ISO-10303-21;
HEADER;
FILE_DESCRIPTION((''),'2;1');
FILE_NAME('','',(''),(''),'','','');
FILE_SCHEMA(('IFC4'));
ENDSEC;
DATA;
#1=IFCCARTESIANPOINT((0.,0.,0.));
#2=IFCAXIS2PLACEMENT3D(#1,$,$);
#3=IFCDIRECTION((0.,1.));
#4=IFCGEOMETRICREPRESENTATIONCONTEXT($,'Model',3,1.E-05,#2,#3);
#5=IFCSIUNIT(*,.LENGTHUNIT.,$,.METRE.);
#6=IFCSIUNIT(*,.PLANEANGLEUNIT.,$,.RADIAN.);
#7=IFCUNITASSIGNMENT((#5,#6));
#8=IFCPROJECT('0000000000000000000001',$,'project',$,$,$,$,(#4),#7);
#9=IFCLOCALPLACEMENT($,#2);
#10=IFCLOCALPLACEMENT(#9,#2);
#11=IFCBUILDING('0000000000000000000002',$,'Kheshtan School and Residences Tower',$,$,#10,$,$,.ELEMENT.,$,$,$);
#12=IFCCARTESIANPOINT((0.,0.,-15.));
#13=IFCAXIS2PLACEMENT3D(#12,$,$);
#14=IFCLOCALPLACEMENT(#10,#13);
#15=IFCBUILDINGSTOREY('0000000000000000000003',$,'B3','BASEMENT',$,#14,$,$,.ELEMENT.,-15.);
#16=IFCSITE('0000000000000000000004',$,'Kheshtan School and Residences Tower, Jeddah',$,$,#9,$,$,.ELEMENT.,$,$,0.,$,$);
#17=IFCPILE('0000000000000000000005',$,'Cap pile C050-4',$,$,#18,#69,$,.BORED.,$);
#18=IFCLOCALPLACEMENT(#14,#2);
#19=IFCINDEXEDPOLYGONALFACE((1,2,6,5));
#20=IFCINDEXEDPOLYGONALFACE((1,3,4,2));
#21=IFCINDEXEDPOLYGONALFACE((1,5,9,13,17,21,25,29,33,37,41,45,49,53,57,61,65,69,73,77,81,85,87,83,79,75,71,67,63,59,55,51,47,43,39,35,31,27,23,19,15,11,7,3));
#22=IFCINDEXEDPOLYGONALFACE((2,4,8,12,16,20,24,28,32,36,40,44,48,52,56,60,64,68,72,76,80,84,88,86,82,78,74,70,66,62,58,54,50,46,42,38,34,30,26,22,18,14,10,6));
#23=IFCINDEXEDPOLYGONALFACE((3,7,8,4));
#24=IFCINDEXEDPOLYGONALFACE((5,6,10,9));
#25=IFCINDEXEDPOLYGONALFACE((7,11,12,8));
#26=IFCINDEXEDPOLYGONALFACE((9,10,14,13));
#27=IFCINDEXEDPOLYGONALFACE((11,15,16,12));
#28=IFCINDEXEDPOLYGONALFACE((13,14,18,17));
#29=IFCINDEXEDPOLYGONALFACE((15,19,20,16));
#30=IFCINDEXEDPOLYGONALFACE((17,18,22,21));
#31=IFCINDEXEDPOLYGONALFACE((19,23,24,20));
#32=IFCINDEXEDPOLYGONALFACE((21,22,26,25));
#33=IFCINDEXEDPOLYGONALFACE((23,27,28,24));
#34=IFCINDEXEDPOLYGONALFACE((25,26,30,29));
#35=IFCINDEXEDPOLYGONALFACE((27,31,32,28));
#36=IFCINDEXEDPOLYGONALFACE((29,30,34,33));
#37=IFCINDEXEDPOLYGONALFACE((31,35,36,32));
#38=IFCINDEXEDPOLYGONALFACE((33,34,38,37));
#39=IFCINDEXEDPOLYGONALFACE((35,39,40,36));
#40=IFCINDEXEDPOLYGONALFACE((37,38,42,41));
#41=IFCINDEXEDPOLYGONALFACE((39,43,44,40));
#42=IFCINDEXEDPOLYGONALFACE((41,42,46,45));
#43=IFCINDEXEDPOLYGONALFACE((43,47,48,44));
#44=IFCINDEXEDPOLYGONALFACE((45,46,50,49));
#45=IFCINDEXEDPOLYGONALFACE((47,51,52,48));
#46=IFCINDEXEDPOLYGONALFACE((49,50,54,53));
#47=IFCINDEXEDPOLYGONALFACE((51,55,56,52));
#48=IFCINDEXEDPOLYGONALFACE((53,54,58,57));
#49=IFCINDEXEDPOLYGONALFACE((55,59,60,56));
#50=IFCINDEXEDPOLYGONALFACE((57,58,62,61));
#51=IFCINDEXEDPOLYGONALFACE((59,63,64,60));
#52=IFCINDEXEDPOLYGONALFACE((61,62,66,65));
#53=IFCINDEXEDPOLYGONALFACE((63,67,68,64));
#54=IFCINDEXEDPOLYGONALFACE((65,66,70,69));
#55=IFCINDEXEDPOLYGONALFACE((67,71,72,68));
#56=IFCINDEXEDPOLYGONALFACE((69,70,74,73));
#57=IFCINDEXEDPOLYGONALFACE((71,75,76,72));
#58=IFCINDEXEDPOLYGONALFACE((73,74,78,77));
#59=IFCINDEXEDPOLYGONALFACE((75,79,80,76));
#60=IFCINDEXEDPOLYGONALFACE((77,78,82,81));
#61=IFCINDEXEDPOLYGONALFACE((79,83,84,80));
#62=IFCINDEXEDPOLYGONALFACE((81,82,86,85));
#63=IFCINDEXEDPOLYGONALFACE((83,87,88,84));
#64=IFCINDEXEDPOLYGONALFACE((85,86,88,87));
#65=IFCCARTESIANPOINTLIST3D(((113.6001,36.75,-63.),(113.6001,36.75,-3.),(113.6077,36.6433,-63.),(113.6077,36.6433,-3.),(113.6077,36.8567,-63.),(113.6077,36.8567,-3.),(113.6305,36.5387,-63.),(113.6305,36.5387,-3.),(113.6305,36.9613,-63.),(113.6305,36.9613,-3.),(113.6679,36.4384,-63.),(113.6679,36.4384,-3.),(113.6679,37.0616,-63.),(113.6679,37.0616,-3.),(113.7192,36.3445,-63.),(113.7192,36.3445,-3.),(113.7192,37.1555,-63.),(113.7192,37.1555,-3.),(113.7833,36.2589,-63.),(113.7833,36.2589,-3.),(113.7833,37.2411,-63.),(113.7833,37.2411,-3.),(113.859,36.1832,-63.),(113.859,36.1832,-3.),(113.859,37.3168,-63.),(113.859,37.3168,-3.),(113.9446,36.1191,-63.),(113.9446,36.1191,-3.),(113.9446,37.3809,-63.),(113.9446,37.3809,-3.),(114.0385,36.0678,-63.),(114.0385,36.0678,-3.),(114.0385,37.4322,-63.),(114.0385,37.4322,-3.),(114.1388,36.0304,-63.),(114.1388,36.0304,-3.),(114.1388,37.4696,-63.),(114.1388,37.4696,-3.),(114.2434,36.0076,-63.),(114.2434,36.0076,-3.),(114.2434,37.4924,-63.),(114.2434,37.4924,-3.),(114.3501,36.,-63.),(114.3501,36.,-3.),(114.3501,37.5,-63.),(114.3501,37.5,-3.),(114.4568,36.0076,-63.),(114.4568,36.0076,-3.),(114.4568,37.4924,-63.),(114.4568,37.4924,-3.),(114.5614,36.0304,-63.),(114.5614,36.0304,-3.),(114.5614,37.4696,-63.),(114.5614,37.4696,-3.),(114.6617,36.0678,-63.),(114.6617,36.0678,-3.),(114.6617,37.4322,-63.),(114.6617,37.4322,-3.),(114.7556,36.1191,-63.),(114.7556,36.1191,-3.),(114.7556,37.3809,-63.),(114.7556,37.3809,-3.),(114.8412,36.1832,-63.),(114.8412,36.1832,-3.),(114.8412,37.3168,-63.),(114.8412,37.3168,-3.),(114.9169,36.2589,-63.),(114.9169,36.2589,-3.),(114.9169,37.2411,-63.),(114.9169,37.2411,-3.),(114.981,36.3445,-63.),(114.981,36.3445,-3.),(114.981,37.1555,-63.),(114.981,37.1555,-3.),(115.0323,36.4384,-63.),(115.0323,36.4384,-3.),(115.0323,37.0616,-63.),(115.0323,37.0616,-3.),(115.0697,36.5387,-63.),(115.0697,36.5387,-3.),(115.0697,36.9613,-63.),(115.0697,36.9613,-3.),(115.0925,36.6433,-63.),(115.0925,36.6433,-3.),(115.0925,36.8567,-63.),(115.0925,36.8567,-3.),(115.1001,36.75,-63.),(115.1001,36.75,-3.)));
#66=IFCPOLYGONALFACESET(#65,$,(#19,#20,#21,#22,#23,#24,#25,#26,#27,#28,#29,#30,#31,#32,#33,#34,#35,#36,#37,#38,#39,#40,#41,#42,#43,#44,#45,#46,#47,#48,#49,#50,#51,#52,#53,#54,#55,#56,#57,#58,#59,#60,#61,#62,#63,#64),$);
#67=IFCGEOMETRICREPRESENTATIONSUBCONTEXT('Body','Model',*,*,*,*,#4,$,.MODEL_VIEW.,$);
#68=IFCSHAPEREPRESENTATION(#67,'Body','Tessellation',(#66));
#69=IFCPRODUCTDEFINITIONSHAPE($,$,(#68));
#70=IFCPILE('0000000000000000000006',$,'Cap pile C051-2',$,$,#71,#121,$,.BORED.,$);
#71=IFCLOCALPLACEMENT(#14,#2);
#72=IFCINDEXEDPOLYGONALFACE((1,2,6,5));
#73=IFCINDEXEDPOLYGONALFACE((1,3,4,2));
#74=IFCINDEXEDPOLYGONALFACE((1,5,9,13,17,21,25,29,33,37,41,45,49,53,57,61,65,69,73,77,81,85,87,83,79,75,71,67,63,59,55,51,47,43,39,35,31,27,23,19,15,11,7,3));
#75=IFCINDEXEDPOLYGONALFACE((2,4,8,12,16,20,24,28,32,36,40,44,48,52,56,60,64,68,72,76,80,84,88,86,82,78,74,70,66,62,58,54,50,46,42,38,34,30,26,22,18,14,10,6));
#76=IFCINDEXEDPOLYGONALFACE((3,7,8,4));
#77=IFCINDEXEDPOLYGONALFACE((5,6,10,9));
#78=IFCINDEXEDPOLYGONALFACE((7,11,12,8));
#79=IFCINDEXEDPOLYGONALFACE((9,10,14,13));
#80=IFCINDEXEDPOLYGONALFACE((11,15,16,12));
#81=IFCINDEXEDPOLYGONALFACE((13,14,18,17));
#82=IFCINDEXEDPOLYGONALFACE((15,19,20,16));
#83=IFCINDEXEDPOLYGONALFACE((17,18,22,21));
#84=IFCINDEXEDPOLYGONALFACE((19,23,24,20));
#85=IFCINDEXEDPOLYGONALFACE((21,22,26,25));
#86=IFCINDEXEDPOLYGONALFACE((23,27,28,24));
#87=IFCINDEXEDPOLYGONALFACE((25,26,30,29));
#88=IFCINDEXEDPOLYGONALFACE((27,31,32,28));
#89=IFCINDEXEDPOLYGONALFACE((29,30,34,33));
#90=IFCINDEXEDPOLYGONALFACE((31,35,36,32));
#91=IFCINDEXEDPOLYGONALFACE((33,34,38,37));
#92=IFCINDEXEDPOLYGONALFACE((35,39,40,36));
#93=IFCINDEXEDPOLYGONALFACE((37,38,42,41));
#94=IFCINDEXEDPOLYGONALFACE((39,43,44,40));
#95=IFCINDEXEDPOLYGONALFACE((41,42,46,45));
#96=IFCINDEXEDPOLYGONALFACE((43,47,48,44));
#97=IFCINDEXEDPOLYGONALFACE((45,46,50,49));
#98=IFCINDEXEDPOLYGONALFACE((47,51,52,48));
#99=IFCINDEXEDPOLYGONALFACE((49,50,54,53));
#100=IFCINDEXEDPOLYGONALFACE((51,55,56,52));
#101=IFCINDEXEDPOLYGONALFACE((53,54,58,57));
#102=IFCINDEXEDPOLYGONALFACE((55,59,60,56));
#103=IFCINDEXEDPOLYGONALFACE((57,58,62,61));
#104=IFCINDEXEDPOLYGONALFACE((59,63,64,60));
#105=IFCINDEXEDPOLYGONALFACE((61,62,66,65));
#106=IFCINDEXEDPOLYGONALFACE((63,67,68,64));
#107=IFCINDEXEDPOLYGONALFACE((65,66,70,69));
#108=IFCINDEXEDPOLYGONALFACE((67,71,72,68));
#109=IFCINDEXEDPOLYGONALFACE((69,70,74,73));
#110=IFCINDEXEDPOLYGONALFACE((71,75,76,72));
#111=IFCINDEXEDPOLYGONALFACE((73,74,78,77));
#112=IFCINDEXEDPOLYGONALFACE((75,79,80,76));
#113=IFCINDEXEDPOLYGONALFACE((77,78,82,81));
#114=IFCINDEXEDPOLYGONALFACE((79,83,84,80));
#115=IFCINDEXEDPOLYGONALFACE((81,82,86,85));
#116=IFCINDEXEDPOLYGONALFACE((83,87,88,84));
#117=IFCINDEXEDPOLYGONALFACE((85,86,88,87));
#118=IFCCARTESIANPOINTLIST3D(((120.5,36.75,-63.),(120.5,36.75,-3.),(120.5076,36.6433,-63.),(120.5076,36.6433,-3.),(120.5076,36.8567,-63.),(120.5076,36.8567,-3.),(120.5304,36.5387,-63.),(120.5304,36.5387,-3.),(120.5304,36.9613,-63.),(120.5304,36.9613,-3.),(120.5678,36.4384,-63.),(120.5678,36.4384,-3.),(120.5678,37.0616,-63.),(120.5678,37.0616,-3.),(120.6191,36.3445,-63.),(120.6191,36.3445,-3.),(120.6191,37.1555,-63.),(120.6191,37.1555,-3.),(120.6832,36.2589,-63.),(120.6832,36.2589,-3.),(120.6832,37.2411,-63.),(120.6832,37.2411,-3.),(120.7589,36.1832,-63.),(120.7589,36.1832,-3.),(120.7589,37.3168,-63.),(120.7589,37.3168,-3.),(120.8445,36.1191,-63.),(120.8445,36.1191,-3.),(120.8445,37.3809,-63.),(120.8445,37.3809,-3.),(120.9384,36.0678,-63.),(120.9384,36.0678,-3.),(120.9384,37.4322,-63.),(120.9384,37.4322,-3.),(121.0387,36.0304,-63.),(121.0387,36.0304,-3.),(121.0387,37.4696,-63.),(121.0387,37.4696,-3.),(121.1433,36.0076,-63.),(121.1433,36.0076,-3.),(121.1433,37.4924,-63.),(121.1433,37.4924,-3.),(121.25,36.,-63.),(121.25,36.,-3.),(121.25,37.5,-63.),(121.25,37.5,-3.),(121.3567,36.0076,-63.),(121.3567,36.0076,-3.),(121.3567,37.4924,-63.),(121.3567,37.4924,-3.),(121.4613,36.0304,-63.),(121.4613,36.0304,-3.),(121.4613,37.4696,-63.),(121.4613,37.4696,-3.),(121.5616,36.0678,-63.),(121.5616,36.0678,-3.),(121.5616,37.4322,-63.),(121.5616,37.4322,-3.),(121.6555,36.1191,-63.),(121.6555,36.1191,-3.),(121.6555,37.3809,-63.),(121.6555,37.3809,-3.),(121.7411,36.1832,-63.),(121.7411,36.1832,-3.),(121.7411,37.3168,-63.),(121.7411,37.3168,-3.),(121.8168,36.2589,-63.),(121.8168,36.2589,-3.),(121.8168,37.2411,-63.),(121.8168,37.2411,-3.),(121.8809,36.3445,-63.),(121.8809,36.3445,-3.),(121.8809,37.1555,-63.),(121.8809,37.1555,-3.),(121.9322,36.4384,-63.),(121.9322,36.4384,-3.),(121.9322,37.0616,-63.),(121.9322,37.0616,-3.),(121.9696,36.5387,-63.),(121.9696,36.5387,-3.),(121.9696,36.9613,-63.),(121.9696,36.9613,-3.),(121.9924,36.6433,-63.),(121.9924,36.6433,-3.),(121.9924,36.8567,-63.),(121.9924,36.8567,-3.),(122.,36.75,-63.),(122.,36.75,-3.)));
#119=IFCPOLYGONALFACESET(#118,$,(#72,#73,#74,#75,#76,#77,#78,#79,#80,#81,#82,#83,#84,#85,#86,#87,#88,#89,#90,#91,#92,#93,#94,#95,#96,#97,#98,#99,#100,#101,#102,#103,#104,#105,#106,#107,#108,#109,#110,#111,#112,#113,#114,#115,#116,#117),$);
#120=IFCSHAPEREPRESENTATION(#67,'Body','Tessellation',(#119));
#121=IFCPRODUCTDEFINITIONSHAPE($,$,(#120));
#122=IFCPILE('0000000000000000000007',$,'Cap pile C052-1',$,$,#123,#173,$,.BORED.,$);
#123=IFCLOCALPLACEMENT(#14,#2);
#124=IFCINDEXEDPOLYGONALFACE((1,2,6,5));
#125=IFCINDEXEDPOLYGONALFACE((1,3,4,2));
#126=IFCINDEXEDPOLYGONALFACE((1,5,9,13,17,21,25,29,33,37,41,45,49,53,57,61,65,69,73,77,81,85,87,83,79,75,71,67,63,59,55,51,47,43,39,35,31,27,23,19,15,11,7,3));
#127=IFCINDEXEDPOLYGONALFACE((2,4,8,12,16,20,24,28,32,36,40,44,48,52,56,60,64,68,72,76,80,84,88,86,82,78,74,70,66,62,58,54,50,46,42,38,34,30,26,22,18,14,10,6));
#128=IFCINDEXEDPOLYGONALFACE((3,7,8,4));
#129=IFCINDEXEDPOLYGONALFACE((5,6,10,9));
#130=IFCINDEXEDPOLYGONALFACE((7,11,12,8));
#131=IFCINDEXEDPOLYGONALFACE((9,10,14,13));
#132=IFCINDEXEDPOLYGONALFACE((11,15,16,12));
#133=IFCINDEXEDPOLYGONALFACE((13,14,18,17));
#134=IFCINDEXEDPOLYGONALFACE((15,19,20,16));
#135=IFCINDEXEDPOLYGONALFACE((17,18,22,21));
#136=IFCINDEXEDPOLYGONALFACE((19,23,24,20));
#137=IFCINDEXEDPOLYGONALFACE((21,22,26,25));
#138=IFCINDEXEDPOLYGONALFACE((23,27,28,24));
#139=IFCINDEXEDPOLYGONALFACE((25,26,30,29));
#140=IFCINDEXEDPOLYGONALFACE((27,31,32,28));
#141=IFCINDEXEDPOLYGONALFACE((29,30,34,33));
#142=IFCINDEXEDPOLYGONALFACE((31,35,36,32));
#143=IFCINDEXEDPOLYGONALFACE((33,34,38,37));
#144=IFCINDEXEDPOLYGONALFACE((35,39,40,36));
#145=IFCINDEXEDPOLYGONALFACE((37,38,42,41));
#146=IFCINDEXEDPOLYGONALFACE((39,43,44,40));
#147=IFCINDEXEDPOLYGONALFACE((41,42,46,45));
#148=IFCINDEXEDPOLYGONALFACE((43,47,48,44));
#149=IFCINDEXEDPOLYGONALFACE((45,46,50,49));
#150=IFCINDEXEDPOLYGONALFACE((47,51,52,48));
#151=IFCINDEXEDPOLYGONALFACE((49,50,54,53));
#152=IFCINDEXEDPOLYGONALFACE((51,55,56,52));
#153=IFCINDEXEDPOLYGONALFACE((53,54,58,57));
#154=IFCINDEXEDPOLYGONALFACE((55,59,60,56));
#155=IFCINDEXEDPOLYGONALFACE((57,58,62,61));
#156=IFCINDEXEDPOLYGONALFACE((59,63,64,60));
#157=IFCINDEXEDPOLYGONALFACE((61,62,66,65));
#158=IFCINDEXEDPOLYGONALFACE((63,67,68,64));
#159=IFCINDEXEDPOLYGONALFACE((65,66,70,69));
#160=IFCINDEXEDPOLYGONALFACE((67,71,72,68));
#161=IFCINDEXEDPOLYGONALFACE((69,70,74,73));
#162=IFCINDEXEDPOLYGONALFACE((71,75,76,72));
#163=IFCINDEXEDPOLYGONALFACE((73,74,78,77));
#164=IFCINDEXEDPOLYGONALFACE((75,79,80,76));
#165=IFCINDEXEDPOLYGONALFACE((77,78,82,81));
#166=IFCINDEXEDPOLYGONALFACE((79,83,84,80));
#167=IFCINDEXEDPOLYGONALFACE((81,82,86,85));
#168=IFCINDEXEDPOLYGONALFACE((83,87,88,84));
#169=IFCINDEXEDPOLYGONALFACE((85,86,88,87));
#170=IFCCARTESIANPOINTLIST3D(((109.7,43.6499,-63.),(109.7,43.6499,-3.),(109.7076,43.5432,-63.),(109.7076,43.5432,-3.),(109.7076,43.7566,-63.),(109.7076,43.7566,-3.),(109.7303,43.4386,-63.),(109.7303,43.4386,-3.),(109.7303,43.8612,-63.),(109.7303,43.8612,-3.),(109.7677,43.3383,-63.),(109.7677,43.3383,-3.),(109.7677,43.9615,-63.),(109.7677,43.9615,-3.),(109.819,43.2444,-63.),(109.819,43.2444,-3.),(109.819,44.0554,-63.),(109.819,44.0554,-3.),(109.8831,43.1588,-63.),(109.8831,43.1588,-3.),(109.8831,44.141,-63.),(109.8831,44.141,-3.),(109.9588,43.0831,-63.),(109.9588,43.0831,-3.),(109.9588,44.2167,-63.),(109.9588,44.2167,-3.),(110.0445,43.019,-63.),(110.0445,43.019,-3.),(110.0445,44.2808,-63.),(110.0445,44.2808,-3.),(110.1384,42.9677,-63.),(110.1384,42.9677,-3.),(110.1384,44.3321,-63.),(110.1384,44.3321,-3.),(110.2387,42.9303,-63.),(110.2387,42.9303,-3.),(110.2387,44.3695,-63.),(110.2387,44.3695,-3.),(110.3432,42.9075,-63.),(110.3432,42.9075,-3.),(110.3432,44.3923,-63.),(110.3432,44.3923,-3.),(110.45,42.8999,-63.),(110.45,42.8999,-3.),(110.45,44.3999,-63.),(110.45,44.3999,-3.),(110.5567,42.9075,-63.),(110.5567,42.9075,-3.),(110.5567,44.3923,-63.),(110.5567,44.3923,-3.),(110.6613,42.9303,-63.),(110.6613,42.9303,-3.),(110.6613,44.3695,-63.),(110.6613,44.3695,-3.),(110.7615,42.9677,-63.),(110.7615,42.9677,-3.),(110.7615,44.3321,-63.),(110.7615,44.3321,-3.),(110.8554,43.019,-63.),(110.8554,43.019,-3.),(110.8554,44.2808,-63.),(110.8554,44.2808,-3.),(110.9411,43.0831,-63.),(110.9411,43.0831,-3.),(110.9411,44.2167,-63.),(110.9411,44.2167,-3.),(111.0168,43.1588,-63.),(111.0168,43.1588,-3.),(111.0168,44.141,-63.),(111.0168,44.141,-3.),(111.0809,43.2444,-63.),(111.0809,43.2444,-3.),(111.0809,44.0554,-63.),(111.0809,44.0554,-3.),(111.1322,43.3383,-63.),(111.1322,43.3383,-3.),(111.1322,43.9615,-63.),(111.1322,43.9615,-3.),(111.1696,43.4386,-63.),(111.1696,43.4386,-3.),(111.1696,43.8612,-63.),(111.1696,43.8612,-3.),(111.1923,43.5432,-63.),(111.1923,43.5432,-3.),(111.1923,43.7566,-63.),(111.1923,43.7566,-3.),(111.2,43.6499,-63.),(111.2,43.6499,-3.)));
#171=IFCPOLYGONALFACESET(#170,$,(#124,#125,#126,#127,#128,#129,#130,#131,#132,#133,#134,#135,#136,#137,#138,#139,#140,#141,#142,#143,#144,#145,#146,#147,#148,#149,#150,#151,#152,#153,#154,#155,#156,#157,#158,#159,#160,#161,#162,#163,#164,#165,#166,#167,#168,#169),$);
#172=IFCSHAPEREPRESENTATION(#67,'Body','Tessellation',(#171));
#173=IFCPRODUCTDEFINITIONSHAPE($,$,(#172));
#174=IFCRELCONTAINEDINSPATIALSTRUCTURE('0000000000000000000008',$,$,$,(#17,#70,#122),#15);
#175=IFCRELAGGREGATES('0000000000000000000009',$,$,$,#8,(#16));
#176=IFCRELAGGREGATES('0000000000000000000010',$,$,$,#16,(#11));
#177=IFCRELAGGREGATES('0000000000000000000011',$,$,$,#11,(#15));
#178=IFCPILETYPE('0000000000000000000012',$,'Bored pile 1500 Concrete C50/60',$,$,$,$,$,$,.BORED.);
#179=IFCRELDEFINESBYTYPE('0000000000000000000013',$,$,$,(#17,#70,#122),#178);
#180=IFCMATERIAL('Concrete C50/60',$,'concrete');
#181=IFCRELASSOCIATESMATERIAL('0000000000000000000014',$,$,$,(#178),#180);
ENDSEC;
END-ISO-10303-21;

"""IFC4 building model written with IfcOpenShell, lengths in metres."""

from ifc_helpers import new_model, si_unit, direction, frame, origin, origin_2d, place, context, subcontext, project, spatial, circle, extrude, material, material_profile, profile_set, type_object, element, save


model = new_model("IFC4")

# Units and contexts
model_context = context("Model", 3, precision=1e-05, world=origin(), true_north=direction((0.0, 1.0)))
body_context = subcontext(model_context, "Body", "Model", "MODEL_VIEW")
ifc_project = project(units=[si_unit("LENGTHUNIT", "METRE"), si_unit("PLANEANGLEUNIT", "RADIAN")], contexts=[model_context])

# Site, building, storey
site_placement = place(None, origin())
site = spatial("IfcSite", under=ifc_project, at=site_placement, Name="Kheshtan School and Residences Tower, Jeddah", CompositionType="ELEMENT", RefElevation=0.0)
building_placement = place(site_placement, origin())
building = spatial("IfcBuilding", under=site, at=building_placement, Name="Kheshtan School and Residences Tower", CompositionType="ELEMENT")
storey_placement = place(building_placement, frame((0.0, 0.0, -15.0)))
storey = spatial("IfcBuildingStorey", under=building, at=storey_placement, Name="B3", Description="BASEMENT", CompositionType="ELEMENT", Elevation=-15.0)

# Piles
ifc_material_1 = material(Name="Concrete C50/60", Category="concrete")
ifc_material_profile_1 = material_profile(ifc_material_1, circle(Radius=0.75, at=origin_2d()), Name="BP 1500")
ifc_profile_set_1 = profile_set([ifc_material_profile_1], Name="Concrete C50/60")
pile_type_1 = type_object("IfcPileType", Name="Bored pile 1500 Concrete C50/60", PredefinedType="BORED", material=ifc_profile_set_1)
for number, where, z_axis, x_axis, name in (
    (1, (114.3501, 36.75, -3.0), (0.0, 0.0, -1.0), (1.0, 0.0, 0.0), "Cap pile C050-4"),
    (2, (121.25, 36.75, -3.0), (0.0, 0.0, -1.0), (1.0, 0.0, 0.0), "Cap pile C051-2"),
    (3, (110.45, 43.6499, -3.0), (0.0, 0.0, -1.0), (1.0, 0.0, 0.0), "Cap pile C052-1"),
):
    element("IfcPile", number, at=place(storey_placement, frame(where, z_axis=z_axis, x_axis=x_axis)), inside=storey, type_object=pile_type_1, Name=name, PredefinedType="BORED", context=body_context, shape_type="SweptSolid", body=[
        extrude(circle(Radius=0.75, at=origin_2d()), origin(), (0.0, 0.0, 1.0), 60.0),
    ])

save(model, "model.ifc")
